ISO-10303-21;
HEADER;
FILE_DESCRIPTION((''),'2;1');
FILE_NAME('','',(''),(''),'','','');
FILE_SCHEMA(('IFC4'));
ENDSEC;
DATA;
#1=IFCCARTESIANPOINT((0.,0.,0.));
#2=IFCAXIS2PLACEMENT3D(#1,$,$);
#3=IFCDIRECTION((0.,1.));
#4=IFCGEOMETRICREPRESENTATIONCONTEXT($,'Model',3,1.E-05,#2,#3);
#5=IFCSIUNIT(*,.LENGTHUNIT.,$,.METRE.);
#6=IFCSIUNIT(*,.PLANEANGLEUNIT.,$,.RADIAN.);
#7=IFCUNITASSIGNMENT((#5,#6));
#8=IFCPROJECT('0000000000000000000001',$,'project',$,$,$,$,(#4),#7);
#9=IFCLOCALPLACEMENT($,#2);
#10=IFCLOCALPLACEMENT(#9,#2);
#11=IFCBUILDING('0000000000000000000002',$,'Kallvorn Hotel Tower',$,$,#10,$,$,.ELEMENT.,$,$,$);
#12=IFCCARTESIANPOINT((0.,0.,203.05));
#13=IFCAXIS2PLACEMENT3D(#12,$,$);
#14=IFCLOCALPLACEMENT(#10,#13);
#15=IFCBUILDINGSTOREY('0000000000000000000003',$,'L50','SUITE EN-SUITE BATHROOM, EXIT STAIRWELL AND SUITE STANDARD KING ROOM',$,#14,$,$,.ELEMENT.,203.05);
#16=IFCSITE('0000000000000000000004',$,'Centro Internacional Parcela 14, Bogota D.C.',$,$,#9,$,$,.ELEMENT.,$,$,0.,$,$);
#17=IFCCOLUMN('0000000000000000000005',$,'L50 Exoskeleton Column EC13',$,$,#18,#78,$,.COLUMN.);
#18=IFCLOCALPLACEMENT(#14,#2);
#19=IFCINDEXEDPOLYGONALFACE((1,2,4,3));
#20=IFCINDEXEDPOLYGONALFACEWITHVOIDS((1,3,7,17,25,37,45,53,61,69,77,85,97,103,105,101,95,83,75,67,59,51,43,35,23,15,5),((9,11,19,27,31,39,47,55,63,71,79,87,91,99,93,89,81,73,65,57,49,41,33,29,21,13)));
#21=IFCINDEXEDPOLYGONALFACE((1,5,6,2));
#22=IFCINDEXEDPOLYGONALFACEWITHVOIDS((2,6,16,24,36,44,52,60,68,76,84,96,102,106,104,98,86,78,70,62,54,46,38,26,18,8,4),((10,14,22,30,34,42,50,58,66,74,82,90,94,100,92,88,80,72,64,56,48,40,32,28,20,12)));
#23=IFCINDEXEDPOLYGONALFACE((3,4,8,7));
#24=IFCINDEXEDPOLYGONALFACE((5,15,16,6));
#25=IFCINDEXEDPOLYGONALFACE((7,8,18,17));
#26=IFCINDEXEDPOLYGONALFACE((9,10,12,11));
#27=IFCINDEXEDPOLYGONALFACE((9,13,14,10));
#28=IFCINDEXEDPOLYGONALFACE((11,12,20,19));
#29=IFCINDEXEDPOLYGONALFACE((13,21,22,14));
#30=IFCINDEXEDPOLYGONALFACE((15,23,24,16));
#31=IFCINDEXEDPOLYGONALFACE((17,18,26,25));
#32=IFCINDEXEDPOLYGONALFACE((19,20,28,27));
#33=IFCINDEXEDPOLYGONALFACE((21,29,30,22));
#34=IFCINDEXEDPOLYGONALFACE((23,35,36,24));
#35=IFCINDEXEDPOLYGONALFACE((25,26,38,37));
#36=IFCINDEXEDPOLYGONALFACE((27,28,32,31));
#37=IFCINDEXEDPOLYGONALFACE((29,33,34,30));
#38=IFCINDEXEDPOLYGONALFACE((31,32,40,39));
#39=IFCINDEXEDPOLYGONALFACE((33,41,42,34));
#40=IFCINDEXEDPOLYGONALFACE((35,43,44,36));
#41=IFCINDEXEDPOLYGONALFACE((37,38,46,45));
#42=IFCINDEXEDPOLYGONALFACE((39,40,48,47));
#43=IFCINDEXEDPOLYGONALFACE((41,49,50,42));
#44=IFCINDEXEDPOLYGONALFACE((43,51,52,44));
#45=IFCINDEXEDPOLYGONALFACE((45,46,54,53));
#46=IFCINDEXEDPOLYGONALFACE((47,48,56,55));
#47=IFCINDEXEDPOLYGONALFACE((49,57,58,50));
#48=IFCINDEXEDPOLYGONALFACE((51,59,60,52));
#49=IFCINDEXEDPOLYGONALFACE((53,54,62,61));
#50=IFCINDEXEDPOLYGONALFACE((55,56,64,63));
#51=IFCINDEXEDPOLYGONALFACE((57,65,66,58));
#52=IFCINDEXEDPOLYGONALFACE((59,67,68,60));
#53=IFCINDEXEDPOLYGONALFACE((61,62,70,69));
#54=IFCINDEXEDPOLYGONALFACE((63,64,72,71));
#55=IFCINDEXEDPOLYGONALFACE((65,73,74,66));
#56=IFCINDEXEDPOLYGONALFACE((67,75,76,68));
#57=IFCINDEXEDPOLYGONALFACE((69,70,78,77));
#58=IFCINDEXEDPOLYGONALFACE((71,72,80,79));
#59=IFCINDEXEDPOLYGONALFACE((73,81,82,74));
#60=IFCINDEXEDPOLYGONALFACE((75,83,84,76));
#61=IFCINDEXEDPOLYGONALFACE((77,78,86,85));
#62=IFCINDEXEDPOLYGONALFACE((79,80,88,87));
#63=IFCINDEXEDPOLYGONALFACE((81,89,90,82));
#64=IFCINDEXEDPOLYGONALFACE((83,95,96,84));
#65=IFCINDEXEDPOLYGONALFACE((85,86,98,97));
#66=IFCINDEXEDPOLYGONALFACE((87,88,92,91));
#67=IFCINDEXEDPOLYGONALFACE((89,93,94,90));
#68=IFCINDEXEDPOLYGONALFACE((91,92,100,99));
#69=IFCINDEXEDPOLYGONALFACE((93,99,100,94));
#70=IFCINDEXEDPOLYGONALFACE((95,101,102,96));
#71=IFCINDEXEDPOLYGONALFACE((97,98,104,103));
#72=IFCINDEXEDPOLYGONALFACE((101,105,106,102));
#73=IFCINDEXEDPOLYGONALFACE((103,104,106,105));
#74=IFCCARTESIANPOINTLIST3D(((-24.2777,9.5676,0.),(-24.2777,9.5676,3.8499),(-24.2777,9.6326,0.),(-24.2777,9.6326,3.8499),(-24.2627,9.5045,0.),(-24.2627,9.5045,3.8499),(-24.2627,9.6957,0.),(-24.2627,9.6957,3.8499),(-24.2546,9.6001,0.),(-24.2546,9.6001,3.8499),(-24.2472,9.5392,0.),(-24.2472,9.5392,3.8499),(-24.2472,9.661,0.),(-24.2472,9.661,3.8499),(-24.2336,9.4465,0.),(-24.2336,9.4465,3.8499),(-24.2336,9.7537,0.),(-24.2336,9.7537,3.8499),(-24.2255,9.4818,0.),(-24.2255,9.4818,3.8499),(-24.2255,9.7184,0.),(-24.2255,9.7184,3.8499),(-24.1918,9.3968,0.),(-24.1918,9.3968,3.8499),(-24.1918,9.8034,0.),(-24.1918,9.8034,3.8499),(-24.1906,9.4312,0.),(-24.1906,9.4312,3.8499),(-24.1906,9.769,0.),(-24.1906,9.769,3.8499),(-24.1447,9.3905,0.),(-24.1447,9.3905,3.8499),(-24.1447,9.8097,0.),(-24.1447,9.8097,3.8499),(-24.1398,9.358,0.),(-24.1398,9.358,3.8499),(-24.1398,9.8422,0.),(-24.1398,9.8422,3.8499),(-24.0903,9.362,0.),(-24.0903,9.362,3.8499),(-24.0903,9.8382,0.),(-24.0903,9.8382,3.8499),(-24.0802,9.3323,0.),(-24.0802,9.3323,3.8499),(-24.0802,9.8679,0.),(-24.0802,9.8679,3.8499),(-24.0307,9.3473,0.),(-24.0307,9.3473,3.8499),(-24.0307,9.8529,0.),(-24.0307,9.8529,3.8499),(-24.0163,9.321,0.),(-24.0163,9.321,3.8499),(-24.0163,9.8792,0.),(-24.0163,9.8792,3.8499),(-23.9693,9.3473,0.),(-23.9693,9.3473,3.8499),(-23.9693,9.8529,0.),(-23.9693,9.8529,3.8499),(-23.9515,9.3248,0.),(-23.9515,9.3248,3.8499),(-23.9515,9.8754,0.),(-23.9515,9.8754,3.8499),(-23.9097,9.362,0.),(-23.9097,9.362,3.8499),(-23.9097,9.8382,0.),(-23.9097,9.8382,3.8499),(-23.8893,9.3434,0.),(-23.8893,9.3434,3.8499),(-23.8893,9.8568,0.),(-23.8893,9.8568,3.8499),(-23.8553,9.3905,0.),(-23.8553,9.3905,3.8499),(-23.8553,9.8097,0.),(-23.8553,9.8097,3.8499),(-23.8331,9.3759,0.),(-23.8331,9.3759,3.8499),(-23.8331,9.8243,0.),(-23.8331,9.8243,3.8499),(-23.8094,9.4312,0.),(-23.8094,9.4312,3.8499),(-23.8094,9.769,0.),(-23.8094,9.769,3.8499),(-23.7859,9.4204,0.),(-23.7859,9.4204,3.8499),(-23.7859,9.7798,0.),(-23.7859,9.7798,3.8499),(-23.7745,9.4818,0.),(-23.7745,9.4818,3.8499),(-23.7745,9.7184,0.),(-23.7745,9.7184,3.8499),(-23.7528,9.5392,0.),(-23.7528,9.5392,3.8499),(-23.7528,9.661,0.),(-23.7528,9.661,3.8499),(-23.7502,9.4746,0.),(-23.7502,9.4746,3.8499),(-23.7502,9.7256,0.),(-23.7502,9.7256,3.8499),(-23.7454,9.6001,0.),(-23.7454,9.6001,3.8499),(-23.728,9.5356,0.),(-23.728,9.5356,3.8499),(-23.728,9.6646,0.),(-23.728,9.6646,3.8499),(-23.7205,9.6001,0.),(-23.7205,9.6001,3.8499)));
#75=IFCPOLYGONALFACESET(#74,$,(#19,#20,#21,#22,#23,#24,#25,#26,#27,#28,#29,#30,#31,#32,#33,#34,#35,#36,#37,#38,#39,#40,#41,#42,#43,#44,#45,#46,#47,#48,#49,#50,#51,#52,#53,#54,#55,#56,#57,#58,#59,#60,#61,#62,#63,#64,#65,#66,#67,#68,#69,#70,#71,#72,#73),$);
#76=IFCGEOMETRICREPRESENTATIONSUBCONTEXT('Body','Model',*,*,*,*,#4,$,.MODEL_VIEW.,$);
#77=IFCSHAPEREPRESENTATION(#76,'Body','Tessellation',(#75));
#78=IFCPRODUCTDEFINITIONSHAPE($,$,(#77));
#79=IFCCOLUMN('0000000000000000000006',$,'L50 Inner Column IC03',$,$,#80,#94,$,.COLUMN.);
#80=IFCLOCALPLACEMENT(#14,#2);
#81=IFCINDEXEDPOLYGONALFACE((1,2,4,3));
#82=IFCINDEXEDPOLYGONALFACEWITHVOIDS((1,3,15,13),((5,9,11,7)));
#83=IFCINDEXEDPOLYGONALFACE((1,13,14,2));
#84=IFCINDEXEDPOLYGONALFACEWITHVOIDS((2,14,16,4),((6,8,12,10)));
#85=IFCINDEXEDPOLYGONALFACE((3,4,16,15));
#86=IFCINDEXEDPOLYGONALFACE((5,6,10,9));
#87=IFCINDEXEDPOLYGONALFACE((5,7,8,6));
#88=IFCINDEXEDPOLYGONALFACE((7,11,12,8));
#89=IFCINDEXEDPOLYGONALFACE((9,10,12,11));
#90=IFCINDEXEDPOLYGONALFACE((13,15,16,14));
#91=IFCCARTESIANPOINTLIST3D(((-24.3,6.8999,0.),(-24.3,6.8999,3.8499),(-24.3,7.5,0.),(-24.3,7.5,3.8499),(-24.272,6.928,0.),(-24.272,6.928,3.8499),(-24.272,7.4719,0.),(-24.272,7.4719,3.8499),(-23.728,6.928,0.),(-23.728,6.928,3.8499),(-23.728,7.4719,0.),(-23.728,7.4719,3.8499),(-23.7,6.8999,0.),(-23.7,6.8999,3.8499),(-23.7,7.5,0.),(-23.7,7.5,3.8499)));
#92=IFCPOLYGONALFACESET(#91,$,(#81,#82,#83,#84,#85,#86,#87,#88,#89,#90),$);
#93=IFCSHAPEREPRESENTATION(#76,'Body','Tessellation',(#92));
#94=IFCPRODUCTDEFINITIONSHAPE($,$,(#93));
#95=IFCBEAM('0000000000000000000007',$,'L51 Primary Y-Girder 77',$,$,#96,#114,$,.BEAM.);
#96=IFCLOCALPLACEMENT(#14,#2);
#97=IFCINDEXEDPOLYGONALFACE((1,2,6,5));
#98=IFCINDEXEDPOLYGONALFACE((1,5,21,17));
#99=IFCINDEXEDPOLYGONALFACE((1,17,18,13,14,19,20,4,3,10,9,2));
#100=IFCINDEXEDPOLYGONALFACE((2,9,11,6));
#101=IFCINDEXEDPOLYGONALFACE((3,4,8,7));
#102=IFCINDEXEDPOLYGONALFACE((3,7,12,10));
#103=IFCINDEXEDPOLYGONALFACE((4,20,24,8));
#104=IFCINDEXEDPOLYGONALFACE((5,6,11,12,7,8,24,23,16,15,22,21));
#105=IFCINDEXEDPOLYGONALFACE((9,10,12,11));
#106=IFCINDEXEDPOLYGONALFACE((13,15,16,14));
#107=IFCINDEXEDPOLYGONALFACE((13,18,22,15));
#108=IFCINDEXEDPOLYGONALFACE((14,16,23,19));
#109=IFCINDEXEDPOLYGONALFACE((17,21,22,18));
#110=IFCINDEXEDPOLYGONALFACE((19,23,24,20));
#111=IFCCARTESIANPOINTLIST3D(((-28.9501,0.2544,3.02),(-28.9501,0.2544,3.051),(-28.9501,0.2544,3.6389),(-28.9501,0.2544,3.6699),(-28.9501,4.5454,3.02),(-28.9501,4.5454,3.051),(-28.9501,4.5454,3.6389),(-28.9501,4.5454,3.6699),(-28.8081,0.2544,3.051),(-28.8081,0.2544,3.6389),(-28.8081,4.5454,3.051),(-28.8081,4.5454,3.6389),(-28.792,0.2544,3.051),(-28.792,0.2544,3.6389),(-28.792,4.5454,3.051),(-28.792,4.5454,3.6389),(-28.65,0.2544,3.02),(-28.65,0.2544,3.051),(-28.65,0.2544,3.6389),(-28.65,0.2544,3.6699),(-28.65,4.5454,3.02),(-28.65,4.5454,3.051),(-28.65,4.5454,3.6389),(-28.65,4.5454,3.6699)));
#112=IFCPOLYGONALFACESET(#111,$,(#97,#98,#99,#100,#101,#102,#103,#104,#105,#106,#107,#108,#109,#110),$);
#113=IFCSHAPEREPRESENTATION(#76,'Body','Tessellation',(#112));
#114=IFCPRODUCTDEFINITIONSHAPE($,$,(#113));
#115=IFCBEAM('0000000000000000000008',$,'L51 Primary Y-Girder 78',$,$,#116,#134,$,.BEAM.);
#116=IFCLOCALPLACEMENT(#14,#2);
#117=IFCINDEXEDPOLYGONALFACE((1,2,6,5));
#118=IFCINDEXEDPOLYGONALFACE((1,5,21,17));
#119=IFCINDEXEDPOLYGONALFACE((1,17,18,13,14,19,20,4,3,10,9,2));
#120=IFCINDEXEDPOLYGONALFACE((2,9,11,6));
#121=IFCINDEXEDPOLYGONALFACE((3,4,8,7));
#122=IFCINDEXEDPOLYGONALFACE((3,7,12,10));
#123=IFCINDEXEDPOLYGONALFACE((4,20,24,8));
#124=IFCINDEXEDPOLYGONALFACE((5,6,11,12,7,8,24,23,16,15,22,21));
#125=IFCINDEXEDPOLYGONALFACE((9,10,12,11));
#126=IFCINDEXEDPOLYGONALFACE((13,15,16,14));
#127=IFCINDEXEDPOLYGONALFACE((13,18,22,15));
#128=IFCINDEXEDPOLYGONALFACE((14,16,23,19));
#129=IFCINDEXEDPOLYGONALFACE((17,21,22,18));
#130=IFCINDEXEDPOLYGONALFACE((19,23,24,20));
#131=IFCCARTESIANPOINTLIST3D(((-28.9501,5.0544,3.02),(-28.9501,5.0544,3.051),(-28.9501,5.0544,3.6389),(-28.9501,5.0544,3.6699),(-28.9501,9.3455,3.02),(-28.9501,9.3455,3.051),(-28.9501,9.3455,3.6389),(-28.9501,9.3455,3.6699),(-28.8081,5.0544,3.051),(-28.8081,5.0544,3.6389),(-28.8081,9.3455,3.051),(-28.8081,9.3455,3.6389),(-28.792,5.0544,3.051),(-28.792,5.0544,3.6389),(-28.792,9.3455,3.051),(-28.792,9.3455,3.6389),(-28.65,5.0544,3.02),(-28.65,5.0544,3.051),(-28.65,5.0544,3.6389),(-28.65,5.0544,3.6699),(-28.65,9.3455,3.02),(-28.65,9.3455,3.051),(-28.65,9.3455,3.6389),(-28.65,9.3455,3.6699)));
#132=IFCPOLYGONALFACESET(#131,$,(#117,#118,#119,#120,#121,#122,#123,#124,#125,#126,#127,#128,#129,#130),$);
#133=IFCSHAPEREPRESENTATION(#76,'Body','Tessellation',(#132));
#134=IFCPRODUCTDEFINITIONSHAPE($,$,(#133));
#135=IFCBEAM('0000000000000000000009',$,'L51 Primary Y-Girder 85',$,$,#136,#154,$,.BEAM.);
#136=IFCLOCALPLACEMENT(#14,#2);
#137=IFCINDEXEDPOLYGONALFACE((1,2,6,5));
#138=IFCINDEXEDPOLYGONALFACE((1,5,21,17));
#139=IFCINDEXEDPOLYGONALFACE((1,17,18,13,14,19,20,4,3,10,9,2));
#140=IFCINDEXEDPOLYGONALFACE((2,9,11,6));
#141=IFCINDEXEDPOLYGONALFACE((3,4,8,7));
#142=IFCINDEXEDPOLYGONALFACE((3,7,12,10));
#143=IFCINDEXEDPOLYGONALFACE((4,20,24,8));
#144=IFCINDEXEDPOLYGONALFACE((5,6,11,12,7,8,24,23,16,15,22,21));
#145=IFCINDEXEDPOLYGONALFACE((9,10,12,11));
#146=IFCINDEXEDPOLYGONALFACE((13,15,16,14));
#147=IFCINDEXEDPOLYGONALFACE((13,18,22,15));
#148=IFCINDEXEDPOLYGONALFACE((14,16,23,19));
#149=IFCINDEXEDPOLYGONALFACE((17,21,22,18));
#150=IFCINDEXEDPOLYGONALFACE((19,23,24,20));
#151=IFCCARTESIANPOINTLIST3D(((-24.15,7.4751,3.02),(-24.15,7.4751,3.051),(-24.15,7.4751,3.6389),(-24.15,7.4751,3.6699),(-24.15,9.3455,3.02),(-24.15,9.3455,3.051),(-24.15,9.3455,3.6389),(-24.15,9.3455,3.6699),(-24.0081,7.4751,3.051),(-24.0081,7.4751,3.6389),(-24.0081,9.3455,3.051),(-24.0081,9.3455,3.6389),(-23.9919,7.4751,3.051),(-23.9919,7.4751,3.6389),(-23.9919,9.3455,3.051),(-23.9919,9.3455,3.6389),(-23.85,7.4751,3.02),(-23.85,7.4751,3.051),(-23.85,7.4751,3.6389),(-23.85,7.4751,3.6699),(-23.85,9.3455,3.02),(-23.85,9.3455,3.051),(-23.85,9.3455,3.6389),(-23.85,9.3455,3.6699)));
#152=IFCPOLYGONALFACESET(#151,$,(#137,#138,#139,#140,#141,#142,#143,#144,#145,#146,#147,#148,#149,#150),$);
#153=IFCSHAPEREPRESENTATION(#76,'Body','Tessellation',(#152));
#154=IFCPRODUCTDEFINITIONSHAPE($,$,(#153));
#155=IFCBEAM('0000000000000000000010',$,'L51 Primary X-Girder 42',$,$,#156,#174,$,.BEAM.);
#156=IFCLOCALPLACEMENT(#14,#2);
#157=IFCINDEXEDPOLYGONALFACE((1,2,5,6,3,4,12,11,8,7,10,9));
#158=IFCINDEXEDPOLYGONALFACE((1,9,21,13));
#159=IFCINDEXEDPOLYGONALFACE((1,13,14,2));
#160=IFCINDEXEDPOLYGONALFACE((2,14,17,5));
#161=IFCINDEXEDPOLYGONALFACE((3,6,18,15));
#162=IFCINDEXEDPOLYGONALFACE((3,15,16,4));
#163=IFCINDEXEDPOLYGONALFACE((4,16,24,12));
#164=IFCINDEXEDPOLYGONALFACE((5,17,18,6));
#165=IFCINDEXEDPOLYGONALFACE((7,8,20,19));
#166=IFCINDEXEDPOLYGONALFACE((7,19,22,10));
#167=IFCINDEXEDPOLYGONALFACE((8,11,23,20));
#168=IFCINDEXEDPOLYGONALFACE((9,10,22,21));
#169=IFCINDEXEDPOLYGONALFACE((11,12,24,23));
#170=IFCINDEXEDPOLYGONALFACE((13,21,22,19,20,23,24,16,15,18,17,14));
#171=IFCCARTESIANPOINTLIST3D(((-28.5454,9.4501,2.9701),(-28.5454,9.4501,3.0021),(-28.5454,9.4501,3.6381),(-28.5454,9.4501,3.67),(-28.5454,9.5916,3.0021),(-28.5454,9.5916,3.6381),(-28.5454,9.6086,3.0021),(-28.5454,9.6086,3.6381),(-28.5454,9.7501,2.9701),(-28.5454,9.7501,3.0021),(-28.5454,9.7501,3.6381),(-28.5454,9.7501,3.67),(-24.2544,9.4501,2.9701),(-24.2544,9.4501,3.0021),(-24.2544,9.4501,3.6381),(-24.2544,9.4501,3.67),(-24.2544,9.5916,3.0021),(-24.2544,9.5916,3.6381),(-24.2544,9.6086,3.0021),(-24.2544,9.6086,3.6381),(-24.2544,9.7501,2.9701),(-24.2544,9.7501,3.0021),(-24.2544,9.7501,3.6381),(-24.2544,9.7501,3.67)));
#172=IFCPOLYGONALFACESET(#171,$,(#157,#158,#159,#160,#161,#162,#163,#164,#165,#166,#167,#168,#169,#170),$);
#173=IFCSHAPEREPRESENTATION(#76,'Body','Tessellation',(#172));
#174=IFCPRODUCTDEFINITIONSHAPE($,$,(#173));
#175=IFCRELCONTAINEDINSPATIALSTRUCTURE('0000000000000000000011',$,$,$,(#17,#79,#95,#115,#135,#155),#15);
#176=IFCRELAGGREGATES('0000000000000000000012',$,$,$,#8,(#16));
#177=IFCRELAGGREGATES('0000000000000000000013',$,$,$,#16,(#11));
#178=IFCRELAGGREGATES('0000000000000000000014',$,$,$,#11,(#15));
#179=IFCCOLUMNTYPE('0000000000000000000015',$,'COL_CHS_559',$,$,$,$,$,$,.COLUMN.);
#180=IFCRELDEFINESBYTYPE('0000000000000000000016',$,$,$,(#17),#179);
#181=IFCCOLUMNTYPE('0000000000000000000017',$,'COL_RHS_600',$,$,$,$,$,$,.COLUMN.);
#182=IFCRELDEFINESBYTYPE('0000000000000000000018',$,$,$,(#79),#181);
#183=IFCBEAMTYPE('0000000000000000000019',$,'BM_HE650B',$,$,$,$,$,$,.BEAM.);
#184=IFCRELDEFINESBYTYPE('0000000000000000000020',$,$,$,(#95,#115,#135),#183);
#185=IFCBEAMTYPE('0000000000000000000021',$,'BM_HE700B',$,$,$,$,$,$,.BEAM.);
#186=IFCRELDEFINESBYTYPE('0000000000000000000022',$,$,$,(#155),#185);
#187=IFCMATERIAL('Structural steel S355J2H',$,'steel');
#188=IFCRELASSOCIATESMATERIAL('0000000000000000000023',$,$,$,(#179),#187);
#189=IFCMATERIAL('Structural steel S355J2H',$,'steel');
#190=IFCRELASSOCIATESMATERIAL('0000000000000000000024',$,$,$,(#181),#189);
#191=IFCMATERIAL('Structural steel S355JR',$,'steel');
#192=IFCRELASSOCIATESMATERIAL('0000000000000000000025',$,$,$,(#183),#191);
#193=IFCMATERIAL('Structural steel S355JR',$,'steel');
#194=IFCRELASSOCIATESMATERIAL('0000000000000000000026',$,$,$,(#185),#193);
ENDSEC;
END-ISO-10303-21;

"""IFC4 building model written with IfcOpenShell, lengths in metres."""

from ifc_helpers import new_model, si_unit, direction, frame, origin, origin_2d, place, context, subcontext, project, spatial, hollow_rectangle, hollow_circle, i_section, extrude, material, material_profile, profile_set, type_object, element, save


model = new_model("IFC4")

# Units and contexts
model_context = context("Model", 3, precision=1e-05, world=origin(), true_north=direction((0.0, 1.0)))
body_context = subcontext(model_context, "Body", "Model", "MODEL_VIEW")
ifc_project = project(units=[si_unit("LENGTHUNIT", "METRE"), si_unit("PLANEANGLEUNIT", "RADIAN")], contexts=[model_context])

# Site, building, storey
site_placement = place(None, origin())
site = spatial("IfcSite", under=ifc_project, at=site_placement, Name="Centro Internacional Parcela 14, Bogota D.C.", CompositionType="ELEMENT", RefElevation=0.0)
building_placement = place(site_placement, origin())
building = spatial("IfcBuilding", under=site, at=building_placement, Name="Kallvorn Hotel Tower", CompositionType="ELEMENT")
storey_placement = place(building_placement, frame((0.0, 0.0, 203.05)))
storey = spatial("IfcBuildingStorey", under=building, at=storey_placement, Name="L50", Description="SUITE EN-SUITE BATHROOM, EXIT STAIRWELL AND SUITE STANDARD KING ROOM", CompositionType="ELEMENT", Elevation=203.05)

# Columns
ifc_material_1 = material(Name="Structural steel S355J2H", Category="steel")
ifc_material_profile_1 = material_profile(ifc_material_1, hollow_circle(Radius=0.2795, WallThickness=0.0249, at=origin_2d()), Name="CHS 559x25")
ifc_profile_set_1 = profile_set([ifc_material_profile_1], Name="Structural steel S355J2H")
column_type_1 = type_object("IfcColumnType", Name="COL_CHS_559", PredefinedType="COLUMN", material=ifc_profile_set_1)
for number, where, z_axis, x_axis, name in (
    (1, (-24.0, 9.6001, 0.0), (0.0, 0.0, 1.0), (1.0, 0.0, 0.0), "L50 Exoskeleton Column EC13"),
):
    element("IfcColumn", number, at=place(storey_placement, frame(where, z_axis=z_axis, x_axis=x_axis)), inside=storey, type_object=column_type_1, Name=name, PredefinedType="COLUMN", context=body_context, shape_type="SweptSolid", body=[
        extrude(hollow_circle(Radius=0.2795, WallThickness=0.0249, at=origin_2d()), origin(), (0.0, 0.0, 1.0), 3.8499),
    ])
ifc_material_2 = material(Name="Structural steel S355J2H", Category="steel")
ifc_material_profile_2 = material_profile(ifc_material_2, hollow_rectangle(XDim=0.6001, YDim=0.6001, WallThickness=0.0281, at=origin_2d()), Name="RHS 600x600x28")
ifc_profile_set_2 = profile_set([ifc_material_profile_2], Name="Structural steel S355J2H")
column_type_2 = type_object("IfcColumnType", Name="COL_RHS_600", PredefinedType="COLUMN", material=ifc_profile_set_2)
column_placement = place(storey_placement, frame((-24.0, 7.2, 0.0), z_axis=(0.0, 0.0, 1.0), x_axis=(1.0, 0.0, 0.0)))
element("IfcColumn", 2, at=column_placement, inside=storey, type_object=column_type_2, Name="L50 Inner Column IC03", PredefinedType="COLUMN", context=body_context, shape_type="SweptSolid", body=[
    extrude(hollow_rectangle(XDim=0.6001, YDim=0.6001, WallThickness=0.0281, at=origin_2d()), origin(), (0.0, 0.0, 1.0), 3.8499),
])

# Beams
ifc_material_3 = material(Name="Structural steel S355JR", Category="steel")
ifc_material_profile_3 = material_profile(ifc_material_3, i_section(OverallWidth=0.3, OverallDepth=0.6499, WebThickness=0.0161, FlangeThickness=0.031, at=origin_2d()), Name="HE 650 B")
ifc_profile_set_3 = profile_set([ifc_material_profile_3], Name="Structural steel S355JR")
beam_type_1 = type_object("IfcBeamType", Name="BM_HE650B", PredefinedType="BEAM", material=ifc_profile_set_3)
for number, where, z_axis, x_axis, name in (
    (3, (-28.8, 0.2544, 3.345), (0.0, 1.0, 0.0), (-1.0, 0.0, 0.0), "L51 Primary Y-Girder 77"),
    (4, (-28.8, 5.0544, 3.345), (0.0, 1.0, 0.0), (-1.0, 0.0, 0.0), "L51 Primary Y-Girder 78"),
):
    element("IfcBeam", number, at=place(storey_placement, frame(where, z_axis=z_axis, x_axis=x_axis)), inside=storey, type_object=beam_type_1, Name=name, PredefinedType="BEAM", context=body_context, shape_type="SweptSolid", body=[
        extrude(i_section(OverallWidth=0.3, OverallDepth=0.6499, WebThickness=0.0161, FlangeThickness=0.031, at=origin_2d()), origin(), (0.0, 0.0, 1.0), 4.291),
    ])
beam_1_placement = place(storey_placement, frame((-24.0, 7.4751, 3.345), z_axis=(0.0, 1.0, 0.0), x_axis=(-1.0, 0.0, 0.0)))
element("IfcBeam", 5, at=beam_1_placement, inside=storey, type_object=beam_type_1, Name="L51 Primary Y-Girder 85", PredefinedType="BEAM", context=body_context, shape_type="SweptSolid", body=[
    extrude(i_section(OverallWidth=0.3, OverallDepth=0.6499, WebThickness=0.0161, FlangeThickness=0.031, at=origin_2d()), origin(), (0.0, 0.0, 1.0), 1.8704),
])
ifc_material_4 = material(Name="Structural steel S355JR", Category="steel")
ifc_material_profile_4 = material_profile(ifc_material_4, i_section(OverallWidth=0.3, OverallDepth=0.7, WebThickness=0.0171, FlangeThickness=0.032, at=origin_2d()), Name="HE 700 B")
ifc_profile_set_4 = profile_set([ifc_material_profile_4], Name="Structural steel S355JR")
beam_type_2 = type_object("IfcBeamType", Name="BM_HE700B", PredefinedType="BEAM", material=ifc_profile_set_4)
beam_2_placement = place(storey_placement, frame((-28.5454, 9.6001, 3.3201), z_axis=(1.0, 0.0, 0.0), x_axis=(0.0, 1.0, 0.0)))
element("IfcBeam", 6, at=beam_2_placement, inside=storey, type_object=beam_type_2, Name="L51 Primary X-Girder 42", PredefinedType="BEAM", context=body_context, shape_type="SweptSolid", body=[
    extrude(i_section(OverallWidth=0.3, OverallDepth=0.7, WebThickness=0.0171, FlangeThickness=0.032, at=origin_2d()), origin(), (0.0, 0.0, 1.0), 4.291),
])

save(model, "model.ifc")
